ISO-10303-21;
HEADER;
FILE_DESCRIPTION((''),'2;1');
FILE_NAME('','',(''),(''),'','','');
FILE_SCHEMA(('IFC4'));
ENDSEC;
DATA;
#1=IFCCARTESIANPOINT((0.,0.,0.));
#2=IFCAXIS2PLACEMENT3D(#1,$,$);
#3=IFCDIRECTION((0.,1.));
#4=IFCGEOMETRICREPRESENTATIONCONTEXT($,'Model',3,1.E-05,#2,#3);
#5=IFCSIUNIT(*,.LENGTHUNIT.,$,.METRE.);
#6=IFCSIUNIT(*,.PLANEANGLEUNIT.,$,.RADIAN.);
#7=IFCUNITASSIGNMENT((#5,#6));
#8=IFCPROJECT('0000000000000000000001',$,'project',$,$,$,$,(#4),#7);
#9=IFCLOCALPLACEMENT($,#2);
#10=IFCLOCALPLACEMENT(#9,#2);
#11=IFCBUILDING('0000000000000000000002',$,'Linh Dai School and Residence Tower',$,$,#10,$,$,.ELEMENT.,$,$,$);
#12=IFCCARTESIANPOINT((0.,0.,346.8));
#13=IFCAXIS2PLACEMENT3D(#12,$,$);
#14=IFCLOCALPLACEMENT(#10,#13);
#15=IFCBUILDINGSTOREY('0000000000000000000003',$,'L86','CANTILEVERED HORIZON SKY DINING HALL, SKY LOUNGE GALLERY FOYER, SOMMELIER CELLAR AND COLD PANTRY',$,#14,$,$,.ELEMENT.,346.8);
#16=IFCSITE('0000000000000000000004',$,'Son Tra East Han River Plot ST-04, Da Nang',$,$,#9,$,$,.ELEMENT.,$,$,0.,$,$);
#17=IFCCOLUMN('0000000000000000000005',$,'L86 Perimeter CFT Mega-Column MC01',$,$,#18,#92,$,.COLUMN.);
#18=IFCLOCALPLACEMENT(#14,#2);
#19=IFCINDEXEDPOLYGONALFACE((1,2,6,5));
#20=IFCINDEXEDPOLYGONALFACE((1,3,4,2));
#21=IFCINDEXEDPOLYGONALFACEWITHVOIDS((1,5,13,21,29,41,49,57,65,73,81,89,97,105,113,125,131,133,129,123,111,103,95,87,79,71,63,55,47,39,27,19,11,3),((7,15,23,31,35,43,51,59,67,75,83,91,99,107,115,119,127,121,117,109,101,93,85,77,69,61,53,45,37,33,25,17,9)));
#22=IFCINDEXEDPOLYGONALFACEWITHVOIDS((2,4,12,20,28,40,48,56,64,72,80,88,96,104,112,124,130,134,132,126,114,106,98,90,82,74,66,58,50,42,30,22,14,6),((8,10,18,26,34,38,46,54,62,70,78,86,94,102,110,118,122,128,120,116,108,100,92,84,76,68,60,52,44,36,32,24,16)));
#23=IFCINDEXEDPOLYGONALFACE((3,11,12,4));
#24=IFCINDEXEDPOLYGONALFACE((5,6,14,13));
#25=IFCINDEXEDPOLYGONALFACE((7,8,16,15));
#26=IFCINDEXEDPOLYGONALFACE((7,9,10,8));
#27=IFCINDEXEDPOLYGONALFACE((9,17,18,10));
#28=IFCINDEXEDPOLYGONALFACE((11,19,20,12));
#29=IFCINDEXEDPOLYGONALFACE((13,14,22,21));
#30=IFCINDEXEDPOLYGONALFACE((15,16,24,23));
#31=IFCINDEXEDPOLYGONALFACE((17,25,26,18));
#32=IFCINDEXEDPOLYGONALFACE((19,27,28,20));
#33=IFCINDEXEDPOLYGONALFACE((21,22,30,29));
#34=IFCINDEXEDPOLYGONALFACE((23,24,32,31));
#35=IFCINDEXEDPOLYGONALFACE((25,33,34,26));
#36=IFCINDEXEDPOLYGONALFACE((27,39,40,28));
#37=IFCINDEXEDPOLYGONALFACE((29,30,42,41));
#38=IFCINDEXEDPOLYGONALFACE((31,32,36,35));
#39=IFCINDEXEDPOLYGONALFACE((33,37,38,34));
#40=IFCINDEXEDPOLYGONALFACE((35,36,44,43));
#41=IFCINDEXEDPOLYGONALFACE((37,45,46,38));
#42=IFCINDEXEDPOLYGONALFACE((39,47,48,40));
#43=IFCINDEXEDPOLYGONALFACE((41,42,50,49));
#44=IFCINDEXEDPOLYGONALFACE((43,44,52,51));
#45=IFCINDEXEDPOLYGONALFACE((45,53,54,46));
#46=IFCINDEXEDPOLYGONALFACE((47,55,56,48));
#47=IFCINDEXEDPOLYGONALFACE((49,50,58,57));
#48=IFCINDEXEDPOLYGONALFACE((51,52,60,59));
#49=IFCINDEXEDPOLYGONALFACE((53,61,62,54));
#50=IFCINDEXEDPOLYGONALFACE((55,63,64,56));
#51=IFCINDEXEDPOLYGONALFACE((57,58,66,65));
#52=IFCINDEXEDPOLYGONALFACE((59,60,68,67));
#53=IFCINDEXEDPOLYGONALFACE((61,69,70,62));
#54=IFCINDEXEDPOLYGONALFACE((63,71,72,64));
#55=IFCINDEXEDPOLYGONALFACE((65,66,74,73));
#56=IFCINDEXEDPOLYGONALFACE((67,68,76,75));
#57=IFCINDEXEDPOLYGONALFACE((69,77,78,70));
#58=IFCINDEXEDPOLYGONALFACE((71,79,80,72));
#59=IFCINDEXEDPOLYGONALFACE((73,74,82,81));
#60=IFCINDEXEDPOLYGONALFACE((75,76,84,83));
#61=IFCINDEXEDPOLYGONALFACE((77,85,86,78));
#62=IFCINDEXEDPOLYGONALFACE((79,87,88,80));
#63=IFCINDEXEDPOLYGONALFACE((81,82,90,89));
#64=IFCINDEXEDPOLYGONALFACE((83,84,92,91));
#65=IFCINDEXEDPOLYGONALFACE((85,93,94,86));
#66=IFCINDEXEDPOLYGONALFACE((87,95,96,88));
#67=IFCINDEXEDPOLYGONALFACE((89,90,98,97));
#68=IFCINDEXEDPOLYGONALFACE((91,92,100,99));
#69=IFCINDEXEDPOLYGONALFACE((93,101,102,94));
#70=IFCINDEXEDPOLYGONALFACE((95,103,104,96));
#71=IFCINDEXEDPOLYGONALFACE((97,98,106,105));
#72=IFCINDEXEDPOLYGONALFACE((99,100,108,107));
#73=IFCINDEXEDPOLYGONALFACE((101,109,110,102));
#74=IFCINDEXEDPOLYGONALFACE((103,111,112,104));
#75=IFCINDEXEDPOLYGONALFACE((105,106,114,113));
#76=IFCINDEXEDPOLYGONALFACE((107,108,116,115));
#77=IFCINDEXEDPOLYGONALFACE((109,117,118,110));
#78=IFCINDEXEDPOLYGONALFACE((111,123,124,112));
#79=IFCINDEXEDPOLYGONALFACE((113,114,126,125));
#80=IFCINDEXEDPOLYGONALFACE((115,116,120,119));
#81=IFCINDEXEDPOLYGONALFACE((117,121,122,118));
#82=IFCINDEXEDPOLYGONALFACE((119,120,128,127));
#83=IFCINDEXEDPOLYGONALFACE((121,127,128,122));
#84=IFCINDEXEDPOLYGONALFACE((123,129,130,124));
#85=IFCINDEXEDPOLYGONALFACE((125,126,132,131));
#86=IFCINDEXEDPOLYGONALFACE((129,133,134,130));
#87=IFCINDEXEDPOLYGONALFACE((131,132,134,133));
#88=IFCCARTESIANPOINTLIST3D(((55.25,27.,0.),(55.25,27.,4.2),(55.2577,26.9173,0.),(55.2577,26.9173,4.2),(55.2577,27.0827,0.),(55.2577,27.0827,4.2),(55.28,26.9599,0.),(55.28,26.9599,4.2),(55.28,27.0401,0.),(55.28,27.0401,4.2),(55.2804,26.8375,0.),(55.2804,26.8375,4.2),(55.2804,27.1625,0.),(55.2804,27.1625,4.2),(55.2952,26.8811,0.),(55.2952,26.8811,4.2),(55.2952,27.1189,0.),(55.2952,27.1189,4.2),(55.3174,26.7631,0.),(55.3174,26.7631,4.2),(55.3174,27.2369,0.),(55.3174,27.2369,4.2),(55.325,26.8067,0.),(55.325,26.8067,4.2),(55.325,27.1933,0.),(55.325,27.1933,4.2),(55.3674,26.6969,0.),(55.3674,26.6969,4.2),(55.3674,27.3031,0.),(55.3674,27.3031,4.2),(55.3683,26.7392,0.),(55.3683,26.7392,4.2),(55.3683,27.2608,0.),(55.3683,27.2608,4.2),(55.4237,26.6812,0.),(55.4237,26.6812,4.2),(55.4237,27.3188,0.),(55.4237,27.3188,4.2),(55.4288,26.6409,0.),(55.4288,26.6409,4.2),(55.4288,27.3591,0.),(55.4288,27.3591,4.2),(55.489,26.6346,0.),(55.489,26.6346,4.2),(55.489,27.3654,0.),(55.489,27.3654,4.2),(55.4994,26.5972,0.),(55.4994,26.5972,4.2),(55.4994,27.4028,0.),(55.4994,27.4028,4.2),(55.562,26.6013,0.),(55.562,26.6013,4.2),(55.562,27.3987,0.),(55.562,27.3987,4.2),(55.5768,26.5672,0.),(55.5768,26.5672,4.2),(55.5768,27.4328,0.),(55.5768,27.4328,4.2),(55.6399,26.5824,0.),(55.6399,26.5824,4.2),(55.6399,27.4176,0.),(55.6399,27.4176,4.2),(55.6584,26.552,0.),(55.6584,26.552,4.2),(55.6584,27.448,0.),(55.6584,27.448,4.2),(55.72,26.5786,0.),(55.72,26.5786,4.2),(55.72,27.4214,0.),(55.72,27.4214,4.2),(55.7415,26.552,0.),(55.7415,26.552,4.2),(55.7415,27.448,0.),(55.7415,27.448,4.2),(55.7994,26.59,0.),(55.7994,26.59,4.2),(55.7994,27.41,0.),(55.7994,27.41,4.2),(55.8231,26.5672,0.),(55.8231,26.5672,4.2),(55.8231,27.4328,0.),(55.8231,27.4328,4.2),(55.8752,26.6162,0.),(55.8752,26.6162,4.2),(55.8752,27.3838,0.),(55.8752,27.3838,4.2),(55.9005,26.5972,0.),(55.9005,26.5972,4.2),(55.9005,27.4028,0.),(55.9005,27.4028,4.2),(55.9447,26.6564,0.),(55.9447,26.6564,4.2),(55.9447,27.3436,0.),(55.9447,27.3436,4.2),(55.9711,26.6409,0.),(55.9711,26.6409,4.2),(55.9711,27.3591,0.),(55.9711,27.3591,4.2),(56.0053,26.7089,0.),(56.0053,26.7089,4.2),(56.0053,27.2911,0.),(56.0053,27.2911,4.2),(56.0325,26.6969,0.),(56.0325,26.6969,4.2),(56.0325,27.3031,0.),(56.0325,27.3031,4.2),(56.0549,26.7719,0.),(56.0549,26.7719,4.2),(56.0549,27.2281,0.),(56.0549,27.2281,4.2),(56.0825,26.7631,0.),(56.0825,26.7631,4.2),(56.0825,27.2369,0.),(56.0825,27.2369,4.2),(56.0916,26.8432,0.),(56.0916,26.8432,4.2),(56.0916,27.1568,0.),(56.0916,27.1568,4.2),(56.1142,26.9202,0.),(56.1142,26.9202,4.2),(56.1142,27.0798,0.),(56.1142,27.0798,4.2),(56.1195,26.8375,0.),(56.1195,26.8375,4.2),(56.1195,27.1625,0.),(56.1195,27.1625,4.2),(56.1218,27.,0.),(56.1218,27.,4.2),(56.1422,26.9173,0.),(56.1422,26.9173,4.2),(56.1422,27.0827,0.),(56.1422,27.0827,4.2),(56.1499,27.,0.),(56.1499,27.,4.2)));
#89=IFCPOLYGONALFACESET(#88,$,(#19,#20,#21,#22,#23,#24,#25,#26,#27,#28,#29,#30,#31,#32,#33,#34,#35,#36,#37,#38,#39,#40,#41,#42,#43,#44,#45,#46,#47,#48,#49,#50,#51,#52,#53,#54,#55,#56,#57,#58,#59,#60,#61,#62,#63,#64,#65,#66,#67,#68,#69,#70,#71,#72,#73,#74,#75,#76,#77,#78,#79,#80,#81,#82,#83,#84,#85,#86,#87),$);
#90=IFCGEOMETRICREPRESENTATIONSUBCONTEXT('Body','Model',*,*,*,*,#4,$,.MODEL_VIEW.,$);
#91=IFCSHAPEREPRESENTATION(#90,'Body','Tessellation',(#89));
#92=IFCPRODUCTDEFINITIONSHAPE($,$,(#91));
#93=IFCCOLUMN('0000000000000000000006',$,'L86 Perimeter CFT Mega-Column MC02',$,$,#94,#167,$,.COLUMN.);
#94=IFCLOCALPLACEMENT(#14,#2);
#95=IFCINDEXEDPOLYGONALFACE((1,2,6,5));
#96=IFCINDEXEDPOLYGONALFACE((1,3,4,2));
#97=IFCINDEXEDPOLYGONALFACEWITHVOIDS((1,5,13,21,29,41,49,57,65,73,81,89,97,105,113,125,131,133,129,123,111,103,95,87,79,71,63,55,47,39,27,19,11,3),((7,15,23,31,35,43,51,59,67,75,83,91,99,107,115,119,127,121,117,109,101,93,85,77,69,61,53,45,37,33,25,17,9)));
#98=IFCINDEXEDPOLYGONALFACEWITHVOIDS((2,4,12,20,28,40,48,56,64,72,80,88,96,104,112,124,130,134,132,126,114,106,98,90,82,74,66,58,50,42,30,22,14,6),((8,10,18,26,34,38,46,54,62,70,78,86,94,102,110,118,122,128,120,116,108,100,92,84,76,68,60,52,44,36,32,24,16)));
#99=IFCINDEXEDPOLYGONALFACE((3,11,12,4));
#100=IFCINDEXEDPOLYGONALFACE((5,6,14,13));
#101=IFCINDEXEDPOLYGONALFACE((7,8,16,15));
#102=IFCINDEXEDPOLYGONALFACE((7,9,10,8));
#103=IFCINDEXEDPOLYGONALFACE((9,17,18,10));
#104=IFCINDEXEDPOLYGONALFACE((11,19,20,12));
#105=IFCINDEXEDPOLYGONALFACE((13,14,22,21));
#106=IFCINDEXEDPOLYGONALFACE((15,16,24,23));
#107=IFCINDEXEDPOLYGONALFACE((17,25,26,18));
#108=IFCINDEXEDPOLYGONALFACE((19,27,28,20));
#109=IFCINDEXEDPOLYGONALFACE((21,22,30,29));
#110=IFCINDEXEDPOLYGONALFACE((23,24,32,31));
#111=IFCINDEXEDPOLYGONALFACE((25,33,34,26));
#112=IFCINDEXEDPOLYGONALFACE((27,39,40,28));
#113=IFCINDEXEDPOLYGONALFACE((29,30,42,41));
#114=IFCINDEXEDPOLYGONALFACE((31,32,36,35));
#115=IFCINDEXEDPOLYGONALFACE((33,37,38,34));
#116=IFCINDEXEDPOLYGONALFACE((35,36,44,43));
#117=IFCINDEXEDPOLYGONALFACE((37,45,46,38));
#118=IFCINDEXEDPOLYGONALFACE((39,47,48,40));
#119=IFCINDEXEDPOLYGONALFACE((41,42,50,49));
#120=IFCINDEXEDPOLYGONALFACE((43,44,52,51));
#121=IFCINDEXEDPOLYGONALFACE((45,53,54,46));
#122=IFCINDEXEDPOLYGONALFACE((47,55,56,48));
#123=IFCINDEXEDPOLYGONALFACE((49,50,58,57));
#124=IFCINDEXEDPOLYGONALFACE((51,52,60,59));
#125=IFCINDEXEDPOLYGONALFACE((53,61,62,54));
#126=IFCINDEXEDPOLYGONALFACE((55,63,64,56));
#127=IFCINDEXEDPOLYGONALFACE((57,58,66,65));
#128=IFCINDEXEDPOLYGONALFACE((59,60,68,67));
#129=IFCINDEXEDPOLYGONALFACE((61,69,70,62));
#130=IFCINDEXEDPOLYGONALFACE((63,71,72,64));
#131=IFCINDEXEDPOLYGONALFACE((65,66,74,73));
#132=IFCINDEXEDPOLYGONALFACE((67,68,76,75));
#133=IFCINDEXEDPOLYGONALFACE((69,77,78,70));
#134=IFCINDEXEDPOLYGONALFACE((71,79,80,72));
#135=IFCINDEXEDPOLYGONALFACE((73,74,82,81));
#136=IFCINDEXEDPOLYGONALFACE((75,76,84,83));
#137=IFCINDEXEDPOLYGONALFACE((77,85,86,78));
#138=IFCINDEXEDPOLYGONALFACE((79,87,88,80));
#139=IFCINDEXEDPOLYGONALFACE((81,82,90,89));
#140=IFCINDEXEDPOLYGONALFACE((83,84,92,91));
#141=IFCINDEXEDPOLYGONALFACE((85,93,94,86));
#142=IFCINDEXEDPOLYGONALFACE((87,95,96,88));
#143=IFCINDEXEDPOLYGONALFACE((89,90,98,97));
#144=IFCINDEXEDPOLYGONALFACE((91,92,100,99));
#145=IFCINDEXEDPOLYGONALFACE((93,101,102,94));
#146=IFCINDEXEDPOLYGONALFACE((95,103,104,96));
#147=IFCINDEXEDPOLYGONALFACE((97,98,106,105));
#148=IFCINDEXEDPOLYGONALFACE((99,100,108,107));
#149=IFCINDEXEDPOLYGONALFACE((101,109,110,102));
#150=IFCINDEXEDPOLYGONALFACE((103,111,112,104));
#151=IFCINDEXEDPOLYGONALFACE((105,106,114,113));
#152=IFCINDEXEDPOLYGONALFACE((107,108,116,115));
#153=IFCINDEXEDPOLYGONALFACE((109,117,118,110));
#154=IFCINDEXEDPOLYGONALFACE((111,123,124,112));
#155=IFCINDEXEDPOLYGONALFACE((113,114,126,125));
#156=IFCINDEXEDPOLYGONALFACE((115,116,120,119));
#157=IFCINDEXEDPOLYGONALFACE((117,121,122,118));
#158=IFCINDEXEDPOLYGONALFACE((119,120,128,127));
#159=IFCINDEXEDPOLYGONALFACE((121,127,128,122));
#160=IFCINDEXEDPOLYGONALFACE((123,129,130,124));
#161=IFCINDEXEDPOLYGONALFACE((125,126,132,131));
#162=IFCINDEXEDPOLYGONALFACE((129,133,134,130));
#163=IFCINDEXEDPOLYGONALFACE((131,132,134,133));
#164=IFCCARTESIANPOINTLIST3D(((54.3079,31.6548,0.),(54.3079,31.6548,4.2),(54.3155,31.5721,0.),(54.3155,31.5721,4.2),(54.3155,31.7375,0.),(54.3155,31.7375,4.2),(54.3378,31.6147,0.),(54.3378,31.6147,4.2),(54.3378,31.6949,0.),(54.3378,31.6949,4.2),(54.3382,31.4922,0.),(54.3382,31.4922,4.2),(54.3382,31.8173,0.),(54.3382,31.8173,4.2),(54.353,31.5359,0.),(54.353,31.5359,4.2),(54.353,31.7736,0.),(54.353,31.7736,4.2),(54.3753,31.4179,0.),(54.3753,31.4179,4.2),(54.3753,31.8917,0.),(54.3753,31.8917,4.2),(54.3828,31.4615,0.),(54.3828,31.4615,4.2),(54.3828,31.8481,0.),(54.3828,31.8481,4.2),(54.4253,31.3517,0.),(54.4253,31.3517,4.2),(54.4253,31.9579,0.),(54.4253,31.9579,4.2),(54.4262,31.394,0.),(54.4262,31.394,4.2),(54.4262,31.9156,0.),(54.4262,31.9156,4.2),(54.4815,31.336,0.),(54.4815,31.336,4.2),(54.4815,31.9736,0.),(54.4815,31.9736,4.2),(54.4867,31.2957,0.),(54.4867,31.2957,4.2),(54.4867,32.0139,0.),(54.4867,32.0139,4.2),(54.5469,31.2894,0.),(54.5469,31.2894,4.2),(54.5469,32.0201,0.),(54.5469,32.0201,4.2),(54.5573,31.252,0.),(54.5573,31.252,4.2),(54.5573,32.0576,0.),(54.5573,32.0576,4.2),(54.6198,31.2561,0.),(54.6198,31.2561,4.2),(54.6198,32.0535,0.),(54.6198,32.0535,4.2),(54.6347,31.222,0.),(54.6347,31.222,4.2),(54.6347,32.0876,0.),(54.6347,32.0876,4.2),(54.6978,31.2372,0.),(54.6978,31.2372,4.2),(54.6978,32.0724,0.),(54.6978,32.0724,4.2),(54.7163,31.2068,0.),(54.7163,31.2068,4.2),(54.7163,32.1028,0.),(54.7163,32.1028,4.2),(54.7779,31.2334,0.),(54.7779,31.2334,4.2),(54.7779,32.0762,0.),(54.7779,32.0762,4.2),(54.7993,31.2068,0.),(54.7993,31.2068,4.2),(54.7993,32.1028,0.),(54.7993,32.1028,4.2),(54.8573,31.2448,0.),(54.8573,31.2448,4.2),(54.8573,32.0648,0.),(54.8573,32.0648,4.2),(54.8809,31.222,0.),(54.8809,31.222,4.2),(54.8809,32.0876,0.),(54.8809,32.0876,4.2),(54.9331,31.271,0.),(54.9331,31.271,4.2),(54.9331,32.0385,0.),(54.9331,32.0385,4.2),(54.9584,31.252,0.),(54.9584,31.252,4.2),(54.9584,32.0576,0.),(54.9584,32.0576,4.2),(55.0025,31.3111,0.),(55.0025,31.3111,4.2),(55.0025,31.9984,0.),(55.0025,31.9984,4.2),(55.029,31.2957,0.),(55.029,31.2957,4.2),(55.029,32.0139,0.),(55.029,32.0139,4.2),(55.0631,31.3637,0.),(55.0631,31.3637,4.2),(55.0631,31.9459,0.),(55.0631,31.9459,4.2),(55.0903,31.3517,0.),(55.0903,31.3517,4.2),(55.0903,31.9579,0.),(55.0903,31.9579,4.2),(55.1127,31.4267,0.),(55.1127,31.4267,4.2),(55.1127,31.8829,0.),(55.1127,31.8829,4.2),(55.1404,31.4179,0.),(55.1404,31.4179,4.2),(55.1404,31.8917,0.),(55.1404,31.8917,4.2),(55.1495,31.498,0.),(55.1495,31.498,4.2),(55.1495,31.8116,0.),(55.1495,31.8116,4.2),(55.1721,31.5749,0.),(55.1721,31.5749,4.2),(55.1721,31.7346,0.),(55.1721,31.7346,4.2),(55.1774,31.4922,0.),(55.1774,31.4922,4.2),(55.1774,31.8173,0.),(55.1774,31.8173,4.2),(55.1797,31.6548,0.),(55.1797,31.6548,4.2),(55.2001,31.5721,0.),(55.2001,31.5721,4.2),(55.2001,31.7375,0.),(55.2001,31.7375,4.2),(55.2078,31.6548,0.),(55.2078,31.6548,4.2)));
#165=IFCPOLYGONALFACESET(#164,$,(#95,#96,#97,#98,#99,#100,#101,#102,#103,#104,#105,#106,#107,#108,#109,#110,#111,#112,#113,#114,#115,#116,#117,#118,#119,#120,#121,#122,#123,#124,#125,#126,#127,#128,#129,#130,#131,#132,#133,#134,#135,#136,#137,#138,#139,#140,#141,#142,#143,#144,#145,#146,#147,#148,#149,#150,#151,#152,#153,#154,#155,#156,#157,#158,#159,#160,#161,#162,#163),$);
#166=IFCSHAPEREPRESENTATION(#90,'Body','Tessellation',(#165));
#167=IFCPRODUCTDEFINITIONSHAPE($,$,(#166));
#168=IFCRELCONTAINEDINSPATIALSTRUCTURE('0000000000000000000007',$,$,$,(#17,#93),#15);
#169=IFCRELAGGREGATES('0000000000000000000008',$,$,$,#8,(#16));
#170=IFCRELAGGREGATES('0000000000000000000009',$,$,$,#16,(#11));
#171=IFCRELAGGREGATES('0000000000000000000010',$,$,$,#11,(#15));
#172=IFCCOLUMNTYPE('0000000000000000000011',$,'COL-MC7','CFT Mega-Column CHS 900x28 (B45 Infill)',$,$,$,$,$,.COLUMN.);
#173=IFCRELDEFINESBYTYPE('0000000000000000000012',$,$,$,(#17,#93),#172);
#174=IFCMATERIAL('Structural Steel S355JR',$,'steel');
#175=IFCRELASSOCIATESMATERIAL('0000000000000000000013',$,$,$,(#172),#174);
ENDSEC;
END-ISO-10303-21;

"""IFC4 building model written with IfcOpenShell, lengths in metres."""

from ifc_helpers import new_model, si_unit, direction, frame, origin, origin_2d, place, context, subcontext, project, spatial, hollow_circle, extrude, material, material_profile, profile_set, type_object, element, save


model = new_model("IFC4")

# Units and contexts
model_context = context("Model", 3, precision=1e-05, world=origin(), true_north=direction((0.0, 1.0)))
body_context = subcontext(model_context, "Body", "Model", "MODEL_VIEW")
ifc_project = project(units=[si_unit("LENGTHUNIT", "METRE"), si_unit("PLANEANGLEUNIT", "RADIAN")], contexts=[model_context])

# Site, building, storey
site_placement = place(None, origin())
site = spatial("IfcSite", under=ifc_project, at=site_placement, Name="Son Tra East Han River Plot ST-04, Da Nang", CompositionType="ELEMENT", RefElevation=0.0)
building_placement = place(site_placement, origin())
building = spatial("IfcBuilding", under=site, at=building_placement, Name="Linh Dai School and Residence Tower", CompositionType="ELEMENT")
storey_placement = place(building_placement, frame((0.0, 0.0, 346.8)))
storey = spatial("IfcBuildingStorey", under=building, at=storey_placement, Name="L86", Description="CANTILEVERED HORIZON SKY DINING HALL, SKY LOUNGE GALLERY FOYER, SOMMELIER CELLAR AND COLD PANTRY", CompositionType="ELEMENT", Elevation=346.8)

# Columns
ifc_material_1 = material(Name="Structural Steel S355JR", Category="steel")
ifc_material_profile_1 = material_profile(ifc_material_1, hollow_circle(Radius=0.45, WallThickness=0.0281, at=origin_2d()), Name="CHS 900x28")
ifc_profile_set_1 = profile_set([ifc_material_profile_1], Name="Structural Steel S355JR")
column_type_1 = type_object("IfcColumnType", Name="COL-MC7", Description="CFT Mega-Column CHS 900x28 (B45 Infill)", PredefinedType="COLUMN", material=ifc_profile_set_1)
for number, where, z_axis, x_axis, name in (
    (1, (55.7, 27.0, 0.0), (0.0, 0.0, 1.0), (1.0, 0.0, 0.0), "L86 Perimeter CFT Mega-Column MC01"),
    (2, (54.7578, 31.6548, 0.0), (0.0, 0.0, 1.0), (1.0, 0.0, 0.0), "L86 Perimeter CFT Mega-Column MC02"),
):
    element("IfcColumn", number, at=place(storey_placement, frame(where, z_axis=z_axis, x_axis=x_axis)), inside=storey, type_object=column_type_1, Name=name, PredefinedType="COLUMN", context=body_context, shape_type="SweptSolid", body=[
        extrude(hollow_circle(Radius=0.45, WallThickness=0.0281, at=origin_2d()), origin(), (0.0, 0.0, 1.0), 4.2),
    ])

save(model, "model.ifc")
